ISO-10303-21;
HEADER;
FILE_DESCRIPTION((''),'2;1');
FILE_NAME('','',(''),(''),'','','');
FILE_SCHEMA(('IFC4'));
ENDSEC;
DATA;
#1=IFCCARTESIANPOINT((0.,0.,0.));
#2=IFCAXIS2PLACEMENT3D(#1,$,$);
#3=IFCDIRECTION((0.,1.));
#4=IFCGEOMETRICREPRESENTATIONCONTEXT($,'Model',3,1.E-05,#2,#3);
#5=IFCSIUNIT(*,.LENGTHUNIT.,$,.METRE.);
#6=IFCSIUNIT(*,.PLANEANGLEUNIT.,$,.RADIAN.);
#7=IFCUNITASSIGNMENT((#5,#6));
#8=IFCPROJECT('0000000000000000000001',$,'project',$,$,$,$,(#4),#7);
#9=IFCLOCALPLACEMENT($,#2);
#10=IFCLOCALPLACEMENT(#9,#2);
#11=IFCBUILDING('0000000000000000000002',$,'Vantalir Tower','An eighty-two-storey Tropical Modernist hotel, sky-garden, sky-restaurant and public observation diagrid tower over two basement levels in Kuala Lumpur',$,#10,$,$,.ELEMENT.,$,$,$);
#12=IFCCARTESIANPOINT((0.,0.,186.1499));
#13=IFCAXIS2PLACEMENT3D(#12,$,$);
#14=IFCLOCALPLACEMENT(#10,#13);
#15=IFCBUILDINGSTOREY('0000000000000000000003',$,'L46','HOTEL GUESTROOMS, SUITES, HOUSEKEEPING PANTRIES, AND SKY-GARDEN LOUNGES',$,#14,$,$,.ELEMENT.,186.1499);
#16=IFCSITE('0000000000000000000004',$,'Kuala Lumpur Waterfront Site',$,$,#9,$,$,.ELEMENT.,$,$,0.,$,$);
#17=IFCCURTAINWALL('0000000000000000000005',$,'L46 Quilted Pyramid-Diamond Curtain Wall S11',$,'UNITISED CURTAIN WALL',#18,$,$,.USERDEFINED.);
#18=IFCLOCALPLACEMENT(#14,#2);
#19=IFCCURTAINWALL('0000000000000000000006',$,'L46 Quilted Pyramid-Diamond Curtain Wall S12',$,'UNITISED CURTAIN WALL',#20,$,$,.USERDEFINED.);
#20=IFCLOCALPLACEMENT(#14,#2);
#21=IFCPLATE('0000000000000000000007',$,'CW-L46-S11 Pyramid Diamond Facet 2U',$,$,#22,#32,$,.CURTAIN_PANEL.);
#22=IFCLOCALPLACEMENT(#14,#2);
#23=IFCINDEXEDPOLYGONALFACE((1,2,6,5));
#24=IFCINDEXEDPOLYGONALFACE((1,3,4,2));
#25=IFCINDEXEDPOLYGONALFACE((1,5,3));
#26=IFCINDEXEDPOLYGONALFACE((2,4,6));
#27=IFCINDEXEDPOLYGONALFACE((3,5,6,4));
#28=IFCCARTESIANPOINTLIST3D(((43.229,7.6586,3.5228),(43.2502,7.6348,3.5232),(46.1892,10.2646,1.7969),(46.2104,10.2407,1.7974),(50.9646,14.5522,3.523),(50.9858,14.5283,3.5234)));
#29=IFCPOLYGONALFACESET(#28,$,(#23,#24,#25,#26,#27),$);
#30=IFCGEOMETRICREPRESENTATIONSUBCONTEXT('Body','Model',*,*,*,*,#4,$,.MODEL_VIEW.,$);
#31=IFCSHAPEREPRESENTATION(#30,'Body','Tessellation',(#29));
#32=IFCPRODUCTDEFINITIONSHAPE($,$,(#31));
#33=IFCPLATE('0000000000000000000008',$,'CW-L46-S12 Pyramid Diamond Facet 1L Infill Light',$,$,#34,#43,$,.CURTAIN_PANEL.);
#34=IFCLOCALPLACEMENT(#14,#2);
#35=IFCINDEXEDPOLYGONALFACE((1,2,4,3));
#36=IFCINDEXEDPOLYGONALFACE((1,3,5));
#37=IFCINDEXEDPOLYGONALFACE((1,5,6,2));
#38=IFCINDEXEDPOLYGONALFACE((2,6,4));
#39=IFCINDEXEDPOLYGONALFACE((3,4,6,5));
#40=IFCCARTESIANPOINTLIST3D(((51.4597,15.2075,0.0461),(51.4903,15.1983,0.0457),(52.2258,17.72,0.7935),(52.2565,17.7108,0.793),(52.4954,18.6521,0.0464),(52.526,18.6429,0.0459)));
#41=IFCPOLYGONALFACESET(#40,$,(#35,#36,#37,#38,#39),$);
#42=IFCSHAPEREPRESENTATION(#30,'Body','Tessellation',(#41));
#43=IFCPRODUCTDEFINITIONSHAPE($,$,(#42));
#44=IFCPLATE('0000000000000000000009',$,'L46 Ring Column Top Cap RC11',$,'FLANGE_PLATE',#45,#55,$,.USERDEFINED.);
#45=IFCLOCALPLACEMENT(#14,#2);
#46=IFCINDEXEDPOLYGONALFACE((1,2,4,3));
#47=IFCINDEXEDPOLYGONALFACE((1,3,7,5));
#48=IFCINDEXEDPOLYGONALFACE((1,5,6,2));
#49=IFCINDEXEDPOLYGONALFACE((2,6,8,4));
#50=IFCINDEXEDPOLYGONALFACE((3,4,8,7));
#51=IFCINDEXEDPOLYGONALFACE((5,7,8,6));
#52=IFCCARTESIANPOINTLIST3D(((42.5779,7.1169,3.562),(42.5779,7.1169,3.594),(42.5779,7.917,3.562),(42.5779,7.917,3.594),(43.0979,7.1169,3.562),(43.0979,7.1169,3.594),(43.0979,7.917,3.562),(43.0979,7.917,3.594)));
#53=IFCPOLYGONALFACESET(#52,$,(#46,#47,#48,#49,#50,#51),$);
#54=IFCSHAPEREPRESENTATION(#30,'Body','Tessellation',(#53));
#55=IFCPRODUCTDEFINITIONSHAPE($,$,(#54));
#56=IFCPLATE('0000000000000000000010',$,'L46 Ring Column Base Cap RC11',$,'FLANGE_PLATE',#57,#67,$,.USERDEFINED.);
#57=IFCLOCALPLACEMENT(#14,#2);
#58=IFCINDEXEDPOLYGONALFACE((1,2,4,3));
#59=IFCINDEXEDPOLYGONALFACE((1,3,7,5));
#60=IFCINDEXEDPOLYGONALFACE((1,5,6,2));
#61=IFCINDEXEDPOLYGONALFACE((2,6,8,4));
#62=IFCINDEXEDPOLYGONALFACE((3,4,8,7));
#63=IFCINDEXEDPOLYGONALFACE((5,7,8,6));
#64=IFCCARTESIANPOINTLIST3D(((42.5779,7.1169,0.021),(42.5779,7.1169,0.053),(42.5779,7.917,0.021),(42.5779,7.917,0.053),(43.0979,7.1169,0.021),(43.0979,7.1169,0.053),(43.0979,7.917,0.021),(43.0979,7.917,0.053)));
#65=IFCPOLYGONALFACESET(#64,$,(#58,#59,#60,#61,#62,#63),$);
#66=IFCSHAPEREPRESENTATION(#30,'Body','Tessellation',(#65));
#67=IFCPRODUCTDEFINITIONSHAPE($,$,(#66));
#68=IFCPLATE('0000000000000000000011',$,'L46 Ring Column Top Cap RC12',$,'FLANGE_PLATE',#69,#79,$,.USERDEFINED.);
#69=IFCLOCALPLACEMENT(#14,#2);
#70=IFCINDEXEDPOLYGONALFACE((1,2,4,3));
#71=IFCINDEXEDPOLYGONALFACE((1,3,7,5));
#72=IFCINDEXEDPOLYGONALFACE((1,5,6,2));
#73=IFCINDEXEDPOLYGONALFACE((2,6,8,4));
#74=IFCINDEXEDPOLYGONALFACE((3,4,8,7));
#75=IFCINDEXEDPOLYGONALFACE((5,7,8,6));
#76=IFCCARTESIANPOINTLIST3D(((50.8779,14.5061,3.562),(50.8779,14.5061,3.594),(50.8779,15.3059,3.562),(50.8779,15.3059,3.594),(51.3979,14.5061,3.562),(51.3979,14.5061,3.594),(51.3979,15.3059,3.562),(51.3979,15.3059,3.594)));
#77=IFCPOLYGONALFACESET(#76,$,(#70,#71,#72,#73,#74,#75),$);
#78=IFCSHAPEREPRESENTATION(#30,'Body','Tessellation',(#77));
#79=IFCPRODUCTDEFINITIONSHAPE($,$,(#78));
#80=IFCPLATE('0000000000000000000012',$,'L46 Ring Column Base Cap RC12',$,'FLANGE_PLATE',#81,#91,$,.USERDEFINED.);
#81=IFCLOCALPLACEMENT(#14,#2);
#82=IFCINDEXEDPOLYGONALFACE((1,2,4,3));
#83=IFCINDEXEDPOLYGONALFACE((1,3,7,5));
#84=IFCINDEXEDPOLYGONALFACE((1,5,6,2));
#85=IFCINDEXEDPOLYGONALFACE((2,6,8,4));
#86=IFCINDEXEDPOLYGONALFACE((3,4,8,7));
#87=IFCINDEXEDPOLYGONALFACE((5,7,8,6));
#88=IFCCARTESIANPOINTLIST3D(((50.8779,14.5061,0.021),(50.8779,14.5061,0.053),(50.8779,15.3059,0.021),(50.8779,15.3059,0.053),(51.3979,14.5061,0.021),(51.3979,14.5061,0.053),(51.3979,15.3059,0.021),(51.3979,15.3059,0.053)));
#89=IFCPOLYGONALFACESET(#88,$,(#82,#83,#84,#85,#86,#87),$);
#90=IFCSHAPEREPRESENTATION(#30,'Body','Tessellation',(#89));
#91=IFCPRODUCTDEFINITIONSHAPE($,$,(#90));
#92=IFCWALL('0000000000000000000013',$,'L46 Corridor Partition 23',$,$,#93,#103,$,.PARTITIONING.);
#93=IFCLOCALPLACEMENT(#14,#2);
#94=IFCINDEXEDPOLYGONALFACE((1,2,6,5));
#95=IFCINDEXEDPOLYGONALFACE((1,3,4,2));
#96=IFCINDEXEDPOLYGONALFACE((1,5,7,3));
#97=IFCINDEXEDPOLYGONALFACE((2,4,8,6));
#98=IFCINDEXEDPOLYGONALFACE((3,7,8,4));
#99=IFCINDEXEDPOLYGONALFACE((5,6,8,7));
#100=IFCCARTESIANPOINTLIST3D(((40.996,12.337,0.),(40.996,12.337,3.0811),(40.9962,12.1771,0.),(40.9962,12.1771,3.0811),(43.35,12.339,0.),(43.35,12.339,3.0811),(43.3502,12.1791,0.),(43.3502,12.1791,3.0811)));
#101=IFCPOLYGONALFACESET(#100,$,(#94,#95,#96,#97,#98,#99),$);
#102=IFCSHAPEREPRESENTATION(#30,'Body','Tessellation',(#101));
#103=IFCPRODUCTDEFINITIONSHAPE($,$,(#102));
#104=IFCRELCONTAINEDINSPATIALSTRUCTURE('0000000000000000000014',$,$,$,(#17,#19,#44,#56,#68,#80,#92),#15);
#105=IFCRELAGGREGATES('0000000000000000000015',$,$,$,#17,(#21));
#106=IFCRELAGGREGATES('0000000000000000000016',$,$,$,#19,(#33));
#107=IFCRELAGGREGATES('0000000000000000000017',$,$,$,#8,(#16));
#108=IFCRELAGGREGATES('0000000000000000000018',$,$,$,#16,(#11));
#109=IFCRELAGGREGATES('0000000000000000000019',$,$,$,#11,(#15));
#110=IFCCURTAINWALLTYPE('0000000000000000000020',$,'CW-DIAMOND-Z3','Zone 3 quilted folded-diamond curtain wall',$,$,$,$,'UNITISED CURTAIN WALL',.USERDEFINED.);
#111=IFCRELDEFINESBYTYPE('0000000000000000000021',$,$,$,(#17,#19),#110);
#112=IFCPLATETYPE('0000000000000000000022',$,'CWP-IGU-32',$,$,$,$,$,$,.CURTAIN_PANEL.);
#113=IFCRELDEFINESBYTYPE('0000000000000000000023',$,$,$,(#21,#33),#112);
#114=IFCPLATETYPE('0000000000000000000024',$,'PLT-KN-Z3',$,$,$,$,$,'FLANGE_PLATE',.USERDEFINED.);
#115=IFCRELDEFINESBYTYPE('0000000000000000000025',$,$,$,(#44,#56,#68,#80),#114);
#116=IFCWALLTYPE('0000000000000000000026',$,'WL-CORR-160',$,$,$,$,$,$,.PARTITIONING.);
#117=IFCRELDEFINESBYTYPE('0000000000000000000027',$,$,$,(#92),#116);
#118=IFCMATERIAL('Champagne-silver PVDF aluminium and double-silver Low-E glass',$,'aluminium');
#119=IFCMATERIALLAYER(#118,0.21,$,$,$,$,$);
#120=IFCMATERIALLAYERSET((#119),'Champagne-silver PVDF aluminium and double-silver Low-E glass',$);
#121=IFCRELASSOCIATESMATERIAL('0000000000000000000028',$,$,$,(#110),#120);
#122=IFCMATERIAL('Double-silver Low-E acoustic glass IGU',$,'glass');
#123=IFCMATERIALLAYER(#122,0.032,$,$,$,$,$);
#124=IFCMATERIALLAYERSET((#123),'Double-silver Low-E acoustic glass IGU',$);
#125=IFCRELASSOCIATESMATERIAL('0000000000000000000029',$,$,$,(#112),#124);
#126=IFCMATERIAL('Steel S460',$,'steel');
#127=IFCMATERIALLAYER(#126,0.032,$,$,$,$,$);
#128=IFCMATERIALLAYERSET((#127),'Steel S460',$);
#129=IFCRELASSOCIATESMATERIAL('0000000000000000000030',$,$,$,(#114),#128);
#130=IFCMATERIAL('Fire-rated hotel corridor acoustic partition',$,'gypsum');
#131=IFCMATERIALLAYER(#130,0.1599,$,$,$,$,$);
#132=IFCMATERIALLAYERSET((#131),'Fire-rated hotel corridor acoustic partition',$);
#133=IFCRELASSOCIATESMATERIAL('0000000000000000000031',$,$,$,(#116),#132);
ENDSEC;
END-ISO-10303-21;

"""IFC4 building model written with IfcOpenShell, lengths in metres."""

from ifc_helpers import new_model, si_unit, direction, frame, frame_2d, origin, place, context, subcontext, project, spatial, polyline, rectangle, outline, extrude, material, layer, layer_set, type_object, element, aggregate, save


model = new_model("IFC4")

# Units and contexts
model_context = context("Model", 3, precision=1e-05, world=origin(), true_north=direction((0.0, 1.0)))
body_context = subcontext(model_context, "Body", "Model", "MODEL_VIEW")
ifc_project = project(units=[si_unit("LENGTHUNIT", "METRE"), si_unit("PLANEANGLEUNIT", "RADIAN")], contexts=[model_context])

# Site, building, storey
site_placement = place(None, origin())
site = spatial("IfcSite", under=ifc_project, at=site_placement, Name="Kuala Lumpur Waterfront Site", CompositionType="ELEMENT", RefElevation=0.0)
building_placement = place(site_placement, origin())
building = spatial("IfcBuilding", under=site, at=building_placement, Name="Vantalir Tower", Description="An eighty-two-storey Tropical Modernist hotel, sky-garden, sky-restaurant and public observation diagrid tower over two basement levels in Kuala Lumpur", CompositionType="ELEMENT")
storey_placement = place(building_placement, frame((0.0, 0.0, 186.1499)))
storey = spatial("IfcBuildingStorey", under=building, at=storey_placement, Name="L46", Description="HOTEL GUESTROOMS, SUITES, HOUSEKEEPING PANTRIES, AND SKY-GARDEN LOUNGES", CompositionType="ELEMENT", Elevation=186.1499)

# Shared definitions
ifc_material_1 = material(Name="Steel S460", Category="steel")

# Shared definitions
ifc_material_2 = material(Name="Champagne-silver PVDF aluminium and double-silver Low-E glass", Category="aluminium")
ifc_layer_1 = layer(ifc_material_2, 0.21)
ifc_layer_set_1 = layer_set([ifc_layer_1], Name="Champagne-silver PVDF aluminium and double-silver Low-E glass")
curtain_wall_type = type_object("IfcCurtainWallType", Name="CW-DIAMOND-Z3", Description="Zone 3 quilted folded-diamond curtain wall", ElementType="UNITISED CURTAIN WALL", PredefinedType="USERDEFINED", material=ifc_layer_set_1)

# Curtain wall
curtain_wall_1_placement = place(storey_placement, origin())
curtain_wall_1 = element("IfcCurtainWall", 1, at=curtain_wall_1_placement, inside=storey, type_object=curtain_wall_type, Name="L46 Quilted Pyramid-Diamond Curtain Wall S11", ObjectType="UNITISED CURTAIN WALL", PredefinedType="USERDEFINED")

# Curtain wall
curtain_wall_2_placement = place(storey_placement, origin())
curtain_wall_2 = element("IfcCurtainWall", 2, at=curtain_wall_2_placement, inside=storey, type_object=curtain_wall_type, Name="L46 Quilted Pyramid-Diamond Curtain Wall S12", ObjectType="UNITISED CURTAIN WALL", PredefinedType="USERDEFINED")

# Plates
ifc_material_3 = material(Name="Double-silver Low-E acoustic glass IGU", Category="glass")
ifc_layer_2 = layer(ifc_material_3, 0.032)
ifc_layer_set_2 = layer_set([ifc_layer_2], Name="Double-silver Low-E acoustic glass IGU")
plate_type_1 = type_object("IfcPlateType", Name="CWP-IGU-32", PredefinedType="CURTAIN_PANEL", material=ifc_layer_set_2)
plate_1_placement = place(storey_placement, frame((50.9858, 14.5283, 3.5234), z_axis=(0.665241, -0.7465, 0.01385), x_axis=(-0.746572, -0.665305, -0.000024)))
plate_1 = element("IfcPlate", 3, at=plate_1_placement, type_object=plate_type_1, Name="CW-L46-S11 Pyramid Diamond Facet 2U", PredefinedType="CURTAIN_PANEL", context=body_context, shape_type="SweptSolid", body=[
    extrude(outline(polyline([(0.0, 0.0), (10.3615, 0.0), (6.4178, 1.7261), (0.0, 0.0)])), origin(), (0.0, 0.0, -1.0), 0.032),
])
aggregate(curtain_wall_1, [plate_1])
plate_2_placement = place(storey_placement, frame((51.4597, 15.2075, 0.0461), z_axis=(-0.957562, 0.287899, 0.013742), x_axis=(0.287927, 0.957652, 0.000068)))
plate_2 = element("IfcPlate", 4, at=plate_2_placement, type_object=plate_type_1, Name="CW-L46-S12 Pyramid Diamond Facet 1L Infill Light", PredefinedType="CURTAIN_PANEL", context=body_context, shape_type="SweptSolid", body=[
    extrude(outline(polyline([(0.0, 0.0), (3.5969, 0.0), (2.6267, -0.7472), (0.0, 0.0)])), origin(), (0.0, 0.0, -1.0), 0.032),
])
aggregate(curtain_wall_2, [plate_2])

# Plates
ifc_layer_3 = layer(ifc_material_1, 0.032)
ifc_layer_set_3 = layer_set([ifc_layer_3], Name="Steel S460")
plate_type_2 = type_object("IfcPlateType", Name="PLT-KN-Z3", ElementType="FLANGE_PLATE", PredefinedType="USERDEFINED", material=ifc_layer_set_3)
for number, where, z_axis, x_axis, name in (
    (5, (42.5779, 7.917, 3.594), (0.0, 0.0, 1.0), (0.0, -1.0, 0.0), "L46 Ring Column Top Cap RC11"),
    (6, (42.5779, 7.917, 0.053), (0.0, 0.0, 1.0), (0.0, -1.0, 0.0), "L46 Ring Column Base Cap RC11"),
):
    element("IfcPlate", number, at=place(storey_placement, frame(where, z_axis=z_axis, x_axis=x_axis)), inside=storey, type_object=plate_type_2, Name=name, ObjectType="FLANGE_PLATE", PredefinedType="USERDEFINED", context=body_context, shape_type="SweptSolid", body=[
        extrude(outline(polyline([(0.0, 0.0), (0.8, 0.0), (0.8, 0.52), (0.0, 0.52), (0.0, 0.0)])), origin(), (0.0, 0.0, -1.0), 0.032),
    ])
for number, where, z_axis, x_axis, name in (
    (7, (50.8779, 15.3059, 3.594), (0.0, 0.0, 1.0), (0.0, -1.0, 0.0), "L46 Ring Column Top Cap RC12"),
    (8, (50.8779, 15.3059, 0.053), (0.0, 0.0, 1.0), (0.0, -1.0, 0.0), "L46 Ring Column Base Cap RC12"),
):
    element("IfcPlate", number, at=place(storey_placement, frame(where, z_axis=z_axis, x_axis=x_axis)), inside=storey, type_object=plate_type_2, Name=name, ObjectType="FLANGE_PLATE", PredefinedType="USERDEFINED", context=body_context, shape_type="SweptSolid", body=[
        extrude(outline(polyline([(0.0, 0.0), (0.7998, 0.0), (0.7998, 0.52), (0.0, 0.52), (0.0, 0.0)])), origin(), (0.0, 0.0, -1.0), 0.032),
    ])

# Wall
ifc_material_4 = material(Name="Fire-rated hotel corridor acoustic partition", Category="gypsum")
ifc_layer_4 = layer(ifc_material_4, 0.1599)
ifc_layer_set_4 = layer_set([ifc_layer_4], Name="Fire-rated hotel corridor acoustic partition")
wall_type = type_object("IfcWallType", Name="WL-CORR-160", PredefinedType="PARTITIONING", material=ifc_layer_set_4)
wall_placement = place(storey_placement, frame((43.3501, 12.259, 0.0), z_axis=(0.0, 0.0, 1.0), x_axis=(-1.0, -0.00083, 0.0)))
element("IfcWall", 9, at=wall_placement, inside=storey, type_object=wall_type, Name="L46 Corridor Partition 23", PredefinedType="PARTITIONING", context=body_context, shape_type="SweptSolid", body=[
    extrude(rectangle(XDim=2.354, YDim=0.1599, at=frame_2d((1.177, 0.0))), origin(), (0.0, 0.0, 1.0), 3.0811),
])

save(model, "model.ifc")
